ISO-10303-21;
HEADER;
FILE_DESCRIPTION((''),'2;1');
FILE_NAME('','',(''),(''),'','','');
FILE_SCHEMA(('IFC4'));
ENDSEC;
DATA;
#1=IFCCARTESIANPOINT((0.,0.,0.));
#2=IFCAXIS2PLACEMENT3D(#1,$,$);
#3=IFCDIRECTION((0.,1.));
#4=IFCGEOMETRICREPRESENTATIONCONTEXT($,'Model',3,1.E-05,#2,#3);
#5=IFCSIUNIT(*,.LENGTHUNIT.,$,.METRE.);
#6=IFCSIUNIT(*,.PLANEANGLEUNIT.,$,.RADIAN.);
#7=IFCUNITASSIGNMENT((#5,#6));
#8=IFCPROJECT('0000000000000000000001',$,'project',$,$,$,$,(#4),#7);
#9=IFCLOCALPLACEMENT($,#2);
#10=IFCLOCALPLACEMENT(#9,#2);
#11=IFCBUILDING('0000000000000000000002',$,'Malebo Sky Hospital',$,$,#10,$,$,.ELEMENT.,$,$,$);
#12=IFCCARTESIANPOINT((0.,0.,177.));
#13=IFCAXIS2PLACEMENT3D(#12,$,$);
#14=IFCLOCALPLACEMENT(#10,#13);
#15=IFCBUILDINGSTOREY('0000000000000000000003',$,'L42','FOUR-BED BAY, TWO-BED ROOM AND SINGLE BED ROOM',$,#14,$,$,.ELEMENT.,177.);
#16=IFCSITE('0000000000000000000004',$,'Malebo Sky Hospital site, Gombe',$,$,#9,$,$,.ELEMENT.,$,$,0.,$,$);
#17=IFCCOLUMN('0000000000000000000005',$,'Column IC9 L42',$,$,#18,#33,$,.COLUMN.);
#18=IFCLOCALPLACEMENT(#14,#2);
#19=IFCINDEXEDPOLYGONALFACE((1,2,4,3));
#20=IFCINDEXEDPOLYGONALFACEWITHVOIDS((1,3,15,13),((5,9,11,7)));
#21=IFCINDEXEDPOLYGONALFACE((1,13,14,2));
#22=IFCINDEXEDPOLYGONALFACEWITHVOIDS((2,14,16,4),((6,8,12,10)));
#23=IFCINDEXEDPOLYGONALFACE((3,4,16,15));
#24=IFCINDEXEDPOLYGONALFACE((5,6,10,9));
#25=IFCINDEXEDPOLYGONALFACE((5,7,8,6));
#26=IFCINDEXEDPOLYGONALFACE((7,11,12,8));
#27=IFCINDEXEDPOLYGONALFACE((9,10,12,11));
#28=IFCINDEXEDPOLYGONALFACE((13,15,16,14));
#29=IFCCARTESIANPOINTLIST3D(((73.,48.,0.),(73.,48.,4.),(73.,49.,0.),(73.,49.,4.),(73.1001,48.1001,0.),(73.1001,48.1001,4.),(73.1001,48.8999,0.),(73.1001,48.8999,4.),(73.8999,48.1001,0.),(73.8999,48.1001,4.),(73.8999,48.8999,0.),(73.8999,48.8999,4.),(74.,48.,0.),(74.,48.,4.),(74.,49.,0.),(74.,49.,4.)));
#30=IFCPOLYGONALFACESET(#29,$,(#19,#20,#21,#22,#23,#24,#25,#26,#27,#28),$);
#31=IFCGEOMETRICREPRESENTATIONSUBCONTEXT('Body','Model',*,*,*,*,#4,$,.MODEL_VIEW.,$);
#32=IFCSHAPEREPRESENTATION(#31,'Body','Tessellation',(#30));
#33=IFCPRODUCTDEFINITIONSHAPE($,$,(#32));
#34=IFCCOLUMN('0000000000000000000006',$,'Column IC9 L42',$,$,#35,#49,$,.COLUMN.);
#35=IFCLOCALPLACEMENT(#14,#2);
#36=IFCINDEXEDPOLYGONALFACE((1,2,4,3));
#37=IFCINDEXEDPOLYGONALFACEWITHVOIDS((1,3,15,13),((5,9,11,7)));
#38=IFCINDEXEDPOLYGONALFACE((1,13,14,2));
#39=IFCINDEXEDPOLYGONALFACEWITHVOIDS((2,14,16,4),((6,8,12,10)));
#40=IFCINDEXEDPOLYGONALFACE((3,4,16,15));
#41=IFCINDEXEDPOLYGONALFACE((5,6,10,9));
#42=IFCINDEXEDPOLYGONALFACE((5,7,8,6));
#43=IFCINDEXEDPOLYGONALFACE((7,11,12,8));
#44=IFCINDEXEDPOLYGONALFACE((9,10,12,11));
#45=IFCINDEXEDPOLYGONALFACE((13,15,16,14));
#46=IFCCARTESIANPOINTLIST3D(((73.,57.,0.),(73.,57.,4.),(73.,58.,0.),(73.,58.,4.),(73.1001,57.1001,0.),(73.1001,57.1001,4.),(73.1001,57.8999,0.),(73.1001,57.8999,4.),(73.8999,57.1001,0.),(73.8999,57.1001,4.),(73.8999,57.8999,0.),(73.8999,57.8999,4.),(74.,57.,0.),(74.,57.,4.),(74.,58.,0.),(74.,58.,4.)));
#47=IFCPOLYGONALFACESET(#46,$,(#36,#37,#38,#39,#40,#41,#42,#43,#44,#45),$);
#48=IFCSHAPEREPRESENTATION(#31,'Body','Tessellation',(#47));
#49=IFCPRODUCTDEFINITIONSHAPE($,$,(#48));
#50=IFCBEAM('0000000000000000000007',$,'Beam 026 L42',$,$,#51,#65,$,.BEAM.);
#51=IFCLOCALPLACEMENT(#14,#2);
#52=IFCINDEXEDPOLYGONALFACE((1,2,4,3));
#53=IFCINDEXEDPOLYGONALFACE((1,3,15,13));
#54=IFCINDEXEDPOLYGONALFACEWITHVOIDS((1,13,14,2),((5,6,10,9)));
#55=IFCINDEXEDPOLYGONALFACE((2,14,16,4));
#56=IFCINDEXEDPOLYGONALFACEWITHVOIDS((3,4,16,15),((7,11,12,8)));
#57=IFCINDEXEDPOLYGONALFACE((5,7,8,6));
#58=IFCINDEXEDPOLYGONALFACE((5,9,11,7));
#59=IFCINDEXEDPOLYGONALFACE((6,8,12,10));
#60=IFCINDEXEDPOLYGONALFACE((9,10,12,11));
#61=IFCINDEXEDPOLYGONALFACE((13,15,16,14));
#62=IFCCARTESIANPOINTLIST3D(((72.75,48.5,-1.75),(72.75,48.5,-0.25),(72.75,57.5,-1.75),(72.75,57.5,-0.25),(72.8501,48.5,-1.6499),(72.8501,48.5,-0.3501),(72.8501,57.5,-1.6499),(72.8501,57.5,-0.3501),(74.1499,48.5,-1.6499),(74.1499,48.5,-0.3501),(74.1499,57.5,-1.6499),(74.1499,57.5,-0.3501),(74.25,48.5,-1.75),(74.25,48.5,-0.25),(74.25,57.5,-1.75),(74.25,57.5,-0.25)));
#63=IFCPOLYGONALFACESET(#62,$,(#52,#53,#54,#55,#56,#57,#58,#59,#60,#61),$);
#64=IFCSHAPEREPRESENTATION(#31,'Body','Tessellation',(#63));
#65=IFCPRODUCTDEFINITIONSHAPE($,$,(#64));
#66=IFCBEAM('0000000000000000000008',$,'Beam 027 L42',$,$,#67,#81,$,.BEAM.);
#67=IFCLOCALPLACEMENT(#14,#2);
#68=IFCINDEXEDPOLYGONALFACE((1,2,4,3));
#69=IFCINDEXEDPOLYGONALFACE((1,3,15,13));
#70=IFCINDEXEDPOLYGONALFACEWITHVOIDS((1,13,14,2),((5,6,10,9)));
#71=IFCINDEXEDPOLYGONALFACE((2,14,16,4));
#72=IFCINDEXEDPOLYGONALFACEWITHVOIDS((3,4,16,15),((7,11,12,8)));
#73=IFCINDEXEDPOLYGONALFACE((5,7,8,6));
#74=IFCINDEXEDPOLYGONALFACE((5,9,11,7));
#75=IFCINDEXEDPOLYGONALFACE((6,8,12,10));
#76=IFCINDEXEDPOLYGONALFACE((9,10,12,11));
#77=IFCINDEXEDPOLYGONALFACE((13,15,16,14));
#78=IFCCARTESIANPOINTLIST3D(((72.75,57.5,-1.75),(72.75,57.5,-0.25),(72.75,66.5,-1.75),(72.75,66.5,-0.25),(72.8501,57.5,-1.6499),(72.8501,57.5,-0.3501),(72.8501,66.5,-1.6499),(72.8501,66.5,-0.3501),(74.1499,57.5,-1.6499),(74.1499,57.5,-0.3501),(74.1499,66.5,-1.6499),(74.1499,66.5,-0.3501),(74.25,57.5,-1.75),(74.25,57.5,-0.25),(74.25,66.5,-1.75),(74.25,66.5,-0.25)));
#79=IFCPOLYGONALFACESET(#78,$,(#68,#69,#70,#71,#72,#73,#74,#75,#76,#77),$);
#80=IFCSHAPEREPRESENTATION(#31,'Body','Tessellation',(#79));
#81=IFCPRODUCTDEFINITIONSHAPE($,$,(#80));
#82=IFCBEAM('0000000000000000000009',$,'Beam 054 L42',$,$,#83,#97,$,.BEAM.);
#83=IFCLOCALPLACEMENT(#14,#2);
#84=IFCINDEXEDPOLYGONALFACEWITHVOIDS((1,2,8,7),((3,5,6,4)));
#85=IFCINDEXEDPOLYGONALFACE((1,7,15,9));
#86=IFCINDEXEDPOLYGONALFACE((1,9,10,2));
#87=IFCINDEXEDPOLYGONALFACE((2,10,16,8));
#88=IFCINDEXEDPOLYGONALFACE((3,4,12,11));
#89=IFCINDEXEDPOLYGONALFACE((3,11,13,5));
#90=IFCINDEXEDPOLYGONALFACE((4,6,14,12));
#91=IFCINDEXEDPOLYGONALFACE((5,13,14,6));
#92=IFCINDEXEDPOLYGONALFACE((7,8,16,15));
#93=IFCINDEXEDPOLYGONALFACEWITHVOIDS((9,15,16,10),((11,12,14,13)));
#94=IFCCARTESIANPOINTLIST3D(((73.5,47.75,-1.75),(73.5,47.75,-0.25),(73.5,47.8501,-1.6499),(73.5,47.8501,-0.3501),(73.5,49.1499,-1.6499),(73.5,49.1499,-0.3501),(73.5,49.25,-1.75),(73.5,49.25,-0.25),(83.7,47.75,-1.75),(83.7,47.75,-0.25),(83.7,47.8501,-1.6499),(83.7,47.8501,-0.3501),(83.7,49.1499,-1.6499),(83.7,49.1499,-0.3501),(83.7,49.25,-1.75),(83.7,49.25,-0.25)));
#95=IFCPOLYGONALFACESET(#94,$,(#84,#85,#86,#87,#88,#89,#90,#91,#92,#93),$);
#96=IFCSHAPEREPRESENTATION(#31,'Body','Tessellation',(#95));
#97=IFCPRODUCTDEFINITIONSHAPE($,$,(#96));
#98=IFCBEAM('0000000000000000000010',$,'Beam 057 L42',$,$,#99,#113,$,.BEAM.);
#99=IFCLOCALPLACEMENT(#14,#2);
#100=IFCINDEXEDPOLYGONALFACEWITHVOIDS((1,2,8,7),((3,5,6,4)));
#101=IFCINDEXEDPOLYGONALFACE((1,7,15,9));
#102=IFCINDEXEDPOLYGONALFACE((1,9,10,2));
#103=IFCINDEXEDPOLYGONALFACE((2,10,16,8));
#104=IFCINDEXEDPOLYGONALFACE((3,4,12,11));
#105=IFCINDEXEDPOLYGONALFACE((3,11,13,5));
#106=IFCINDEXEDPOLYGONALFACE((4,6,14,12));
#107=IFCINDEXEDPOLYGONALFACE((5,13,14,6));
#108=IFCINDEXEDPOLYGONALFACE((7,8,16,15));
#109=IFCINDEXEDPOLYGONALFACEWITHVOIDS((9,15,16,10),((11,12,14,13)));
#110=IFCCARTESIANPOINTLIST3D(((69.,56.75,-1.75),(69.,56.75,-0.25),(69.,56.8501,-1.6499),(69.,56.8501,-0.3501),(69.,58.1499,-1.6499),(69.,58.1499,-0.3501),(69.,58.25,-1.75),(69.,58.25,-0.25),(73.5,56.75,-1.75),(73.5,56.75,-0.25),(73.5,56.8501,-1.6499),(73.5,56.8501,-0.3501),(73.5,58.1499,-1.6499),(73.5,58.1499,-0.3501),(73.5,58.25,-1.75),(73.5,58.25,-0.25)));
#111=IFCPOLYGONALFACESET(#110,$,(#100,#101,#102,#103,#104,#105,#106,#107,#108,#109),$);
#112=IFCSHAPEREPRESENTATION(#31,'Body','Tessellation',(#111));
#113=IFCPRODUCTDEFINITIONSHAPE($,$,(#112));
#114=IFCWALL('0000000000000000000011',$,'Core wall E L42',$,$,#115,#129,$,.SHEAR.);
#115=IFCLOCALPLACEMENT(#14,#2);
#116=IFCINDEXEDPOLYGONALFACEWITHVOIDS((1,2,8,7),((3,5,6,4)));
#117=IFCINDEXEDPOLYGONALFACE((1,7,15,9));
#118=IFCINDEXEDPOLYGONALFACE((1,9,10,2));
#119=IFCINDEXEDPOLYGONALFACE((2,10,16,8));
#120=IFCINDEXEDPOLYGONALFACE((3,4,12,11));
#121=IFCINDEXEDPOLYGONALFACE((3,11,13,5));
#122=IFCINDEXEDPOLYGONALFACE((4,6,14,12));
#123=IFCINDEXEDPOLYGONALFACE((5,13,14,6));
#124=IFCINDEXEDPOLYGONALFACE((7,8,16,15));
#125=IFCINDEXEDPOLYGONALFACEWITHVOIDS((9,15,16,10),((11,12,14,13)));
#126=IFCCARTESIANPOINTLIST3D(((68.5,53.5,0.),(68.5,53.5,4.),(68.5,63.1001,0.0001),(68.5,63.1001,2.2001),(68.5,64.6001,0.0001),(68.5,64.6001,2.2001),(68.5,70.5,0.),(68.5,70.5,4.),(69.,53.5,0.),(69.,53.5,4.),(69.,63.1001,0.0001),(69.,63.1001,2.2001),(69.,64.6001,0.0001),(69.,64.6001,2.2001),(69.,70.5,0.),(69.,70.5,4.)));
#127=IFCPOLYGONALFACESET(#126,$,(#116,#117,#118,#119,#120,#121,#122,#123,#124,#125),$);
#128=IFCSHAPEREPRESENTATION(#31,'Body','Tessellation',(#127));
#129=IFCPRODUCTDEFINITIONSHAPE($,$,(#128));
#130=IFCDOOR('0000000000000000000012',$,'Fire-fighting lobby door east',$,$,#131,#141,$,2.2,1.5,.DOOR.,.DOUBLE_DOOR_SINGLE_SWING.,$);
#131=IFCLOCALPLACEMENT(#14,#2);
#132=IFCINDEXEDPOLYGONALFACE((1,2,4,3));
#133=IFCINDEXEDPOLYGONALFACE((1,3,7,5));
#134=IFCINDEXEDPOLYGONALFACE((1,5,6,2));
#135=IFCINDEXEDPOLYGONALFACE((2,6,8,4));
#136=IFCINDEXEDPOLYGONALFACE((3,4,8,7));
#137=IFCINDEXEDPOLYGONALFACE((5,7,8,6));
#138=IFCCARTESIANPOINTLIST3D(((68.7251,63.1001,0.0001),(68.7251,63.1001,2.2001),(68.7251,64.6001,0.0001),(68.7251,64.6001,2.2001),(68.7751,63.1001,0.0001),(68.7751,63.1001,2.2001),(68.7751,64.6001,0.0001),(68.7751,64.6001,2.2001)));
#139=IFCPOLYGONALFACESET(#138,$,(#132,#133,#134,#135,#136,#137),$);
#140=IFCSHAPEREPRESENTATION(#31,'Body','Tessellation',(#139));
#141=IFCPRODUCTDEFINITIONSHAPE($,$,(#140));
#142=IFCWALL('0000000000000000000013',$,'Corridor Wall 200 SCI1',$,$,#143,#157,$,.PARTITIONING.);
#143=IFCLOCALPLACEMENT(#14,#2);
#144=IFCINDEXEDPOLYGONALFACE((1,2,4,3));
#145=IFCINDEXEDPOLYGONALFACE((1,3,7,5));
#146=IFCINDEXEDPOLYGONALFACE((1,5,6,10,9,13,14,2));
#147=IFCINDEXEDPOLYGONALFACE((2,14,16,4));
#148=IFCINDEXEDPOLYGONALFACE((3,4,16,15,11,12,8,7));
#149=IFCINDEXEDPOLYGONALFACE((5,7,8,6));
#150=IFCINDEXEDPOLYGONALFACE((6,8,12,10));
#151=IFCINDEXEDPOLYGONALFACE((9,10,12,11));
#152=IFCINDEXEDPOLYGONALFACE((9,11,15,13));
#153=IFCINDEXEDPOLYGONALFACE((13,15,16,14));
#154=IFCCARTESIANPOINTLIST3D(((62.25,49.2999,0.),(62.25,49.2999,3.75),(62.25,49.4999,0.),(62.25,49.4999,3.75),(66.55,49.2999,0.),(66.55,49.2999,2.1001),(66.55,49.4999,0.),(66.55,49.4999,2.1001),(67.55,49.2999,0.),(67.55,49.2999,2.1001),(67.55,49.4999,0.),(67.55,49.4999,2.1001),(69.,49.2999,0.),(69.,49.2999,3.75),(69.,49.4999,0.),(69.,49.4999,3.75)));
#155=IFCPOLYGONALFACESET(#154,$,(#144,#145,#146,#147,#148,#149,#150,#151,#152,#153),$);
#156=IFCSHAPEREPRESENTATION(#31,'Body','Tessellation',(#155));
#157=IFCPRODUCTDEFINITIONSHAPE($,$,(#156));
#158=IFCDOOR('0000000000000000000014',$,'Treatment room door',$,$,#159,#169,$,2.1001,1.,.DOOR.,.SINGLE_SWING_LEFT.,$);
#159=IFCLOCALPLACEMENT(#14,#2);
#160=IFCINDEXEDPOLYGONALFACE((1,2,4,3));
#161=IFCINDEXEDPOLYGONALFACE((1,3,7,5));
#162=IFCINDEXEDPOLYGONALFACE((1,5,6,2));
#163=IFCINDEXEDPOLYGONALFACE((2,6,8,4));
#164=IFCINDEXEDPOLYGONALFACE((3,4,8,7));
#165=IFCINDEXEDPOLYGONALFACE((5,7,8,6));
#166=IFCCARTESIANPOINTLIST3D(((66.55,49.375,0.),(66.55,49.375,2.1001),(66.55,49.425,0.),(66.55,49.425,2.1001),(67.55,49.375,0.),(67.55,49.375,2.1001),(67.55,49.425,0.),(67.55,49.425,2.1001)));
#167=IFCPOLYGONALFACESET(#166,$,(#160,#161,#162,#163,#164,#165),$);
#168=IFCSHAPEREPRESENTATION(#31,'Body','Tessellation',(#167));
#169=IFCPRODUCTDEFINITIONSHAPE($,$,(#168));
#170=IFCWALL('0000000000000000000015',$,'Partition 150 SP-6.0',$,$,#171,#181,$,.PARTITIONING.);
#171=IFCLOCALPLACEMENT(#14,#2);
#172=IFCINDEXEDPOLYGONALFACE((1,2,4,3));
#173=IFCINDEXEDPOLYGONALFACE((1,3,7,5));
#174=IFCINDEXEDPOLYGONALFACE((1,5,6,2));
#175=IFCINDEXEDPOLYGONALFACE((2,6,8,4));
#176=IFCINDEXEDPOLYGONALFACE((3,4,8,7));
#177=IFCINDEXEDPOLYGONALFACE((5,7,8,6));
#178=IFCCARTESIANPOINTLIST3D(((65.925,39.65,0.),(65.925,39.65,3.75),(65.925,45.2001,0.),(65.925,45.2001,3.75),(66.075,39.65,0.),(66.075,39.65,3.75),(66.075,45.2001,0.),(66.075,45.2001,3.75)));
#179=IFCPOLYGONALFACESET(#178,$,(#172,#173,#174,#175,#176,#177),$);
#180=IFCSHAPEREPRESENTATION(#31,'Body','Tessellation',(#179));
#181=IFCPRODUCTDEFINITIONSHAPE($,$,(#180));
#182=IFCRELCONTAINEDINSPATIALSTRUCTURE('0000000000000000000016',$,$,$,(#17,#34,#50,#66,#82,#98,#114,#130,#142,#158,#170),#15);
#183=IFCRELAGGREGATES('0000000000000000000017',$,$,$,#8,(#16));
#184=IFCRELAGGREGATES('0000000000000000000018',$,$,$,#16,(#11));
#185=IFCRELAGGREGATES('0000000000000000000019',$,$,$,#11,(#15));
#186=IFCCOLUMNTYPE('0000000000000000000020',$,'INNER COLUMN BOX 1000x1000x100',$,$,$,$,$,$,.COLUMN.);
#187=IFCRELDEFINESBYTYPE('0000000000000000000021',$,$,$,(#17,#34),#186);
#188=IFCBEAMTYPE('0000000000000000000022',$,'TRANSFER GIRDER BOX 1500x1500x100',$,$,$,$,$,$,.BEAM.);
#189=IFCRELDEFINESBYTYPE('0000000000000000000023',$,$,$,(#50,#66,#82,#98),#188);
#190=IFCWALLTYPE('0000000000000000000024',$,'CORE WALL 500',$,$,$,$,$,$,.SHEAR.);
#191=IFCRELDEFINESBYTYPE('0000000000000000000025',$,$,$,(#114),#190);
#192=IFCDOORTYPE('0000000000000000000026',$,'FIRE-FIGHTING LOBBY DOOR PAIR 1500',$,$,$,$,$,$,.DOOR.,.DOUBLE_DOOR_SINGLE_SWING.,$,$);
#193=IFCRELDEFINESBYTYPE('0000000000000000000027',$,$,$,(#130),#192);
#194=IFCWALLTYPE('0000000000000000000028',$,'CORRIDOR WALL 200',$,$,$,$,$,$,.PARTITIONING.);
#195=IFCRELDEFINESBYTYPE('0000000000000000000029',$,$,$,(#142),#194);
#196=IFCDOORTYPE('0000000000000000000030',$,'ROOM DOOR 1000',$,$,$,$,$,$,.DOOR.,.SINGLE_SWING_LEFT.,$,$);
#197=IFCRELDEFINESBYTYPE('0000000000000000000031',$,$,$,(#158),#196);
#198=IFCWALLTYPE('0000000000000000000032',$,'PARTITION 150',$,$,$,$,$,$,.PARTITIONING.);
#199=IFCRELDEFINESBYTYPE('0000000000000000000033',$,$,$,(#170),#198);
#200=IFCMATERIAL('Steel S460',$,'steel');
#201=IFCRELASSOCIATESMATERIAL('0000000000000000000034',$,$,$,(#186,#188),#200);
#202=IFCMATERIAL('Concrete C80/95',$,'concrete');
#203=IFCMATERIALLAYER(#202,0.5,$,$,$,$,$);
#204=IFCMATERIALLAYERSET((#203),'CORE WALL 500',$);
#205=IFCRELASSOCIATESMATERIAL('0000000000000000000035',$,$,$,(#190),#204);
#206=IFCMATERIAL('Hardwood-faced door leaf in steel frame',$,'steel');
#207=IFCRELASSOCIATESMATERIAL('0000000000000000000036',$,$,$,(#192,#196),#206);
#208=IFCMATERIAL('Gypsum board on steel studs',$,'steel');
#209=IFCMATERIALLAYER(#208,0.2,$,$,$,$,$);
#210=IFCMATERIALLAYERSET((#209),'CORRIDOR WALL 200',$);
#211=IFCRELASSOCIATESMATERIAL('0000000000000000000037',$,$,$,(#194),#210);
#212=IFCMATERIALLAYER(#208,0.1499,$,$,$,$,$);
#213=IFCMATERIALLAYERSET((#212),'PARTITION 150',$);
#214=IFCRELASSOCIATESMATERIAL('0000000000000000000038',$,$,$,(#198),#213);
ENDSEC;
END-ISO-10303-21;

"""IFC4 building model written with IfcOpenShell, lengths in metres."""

from ifc_helpers import new_model, si_unit, direction, frame, frame_2d, origin, origin_2d, place, context, subcontext, project, spatial, rectangle, hollow_rectangle, extrude, material, layer, layer_set, material_profile, profile_set, type_object, element, fill, save


model = new_model("IFC4")

# Units and contexts
model_context = context("Model", 3, precision=1e-05, world=origin(), true_north=direction((0.0, 1.0)))
body_context = subcontext(model_context, "Body", "Model", "MODEL_VIEW")
ifc_project = project(units=[si_unit("LENGTHUNIT", "METRE"), si_unit("PLANEANGLEUNIT", "RADIAN")], contexts=[model_context])

# Site, building, storey
site_placement = place(None, origin())
site = spatial("IfcSite", under=ifc_project, at=site_placement, Name="Malebo Sky Hospital site, Gombe", CompositionType="ELEMENT", RefElevation=0.0)
building_placement = place(site_placement, origin())
building = spatial("IfcBuilding", under=site, at=building_placement, Name="Malebo Sky Hospital", CompositionType="ELEMENT")
storey_placement = place(building_placement, frame((0.0, 0.0, 177.0)))
storey = spatial("IfcBuildingStorey", under=building, at=storey_placement, Name="L42", Description="FOUR-BED BAY, TWO-BED ROOM AND SINGLE BED ROOM", CompositionType="ELEMENT", Elevation=177.0)

# Columns
ifc_material_1 = material(Name="Steel S460", Category="steel")
ifc_material_profile_1 = material_profile(ifc_material_1, hollow_rectangle(XDim=1.0, YDim=1.0, WallThickness=0.1001, at=origin_2d()), Name="BOX 1000x1000x100")
ifc_profile_set_1 = profile_set([ifc_material_profile_1], Name="Steel S460")
column_type = type_object("IfcColumnType", Name="INNER COLUMN BOX 1000x1000x100", PredefinedType="COLUMN", material=ifc_profile_set_1)
for number, where, z_axis, x_axis, name in (
    (1, (73.5, 48.5, 0.0), (0.0, 0.0, 1.0), (1.0, 0.0, 0.0), "Column IC9 L42"),
    (2, (73.5, 57.5, 0.0), (0.0, 0.0, 1.0), (1.0, 0.0, 0.0), "Column IC9 L42"),
):
    element("IfcColumn", number, at=place(storey_placement, frame(where, z_axis=z_axis, x_axis=x_axis)), inside=storey, type_object=column_type, Name=name, PredefinedType="COLUMN", context=body_context, shape_type="SweptSolid", body=[
        extrude(hollow_rectangle(XDim=1.0, YDim=1.0, WallThickness=0.1001, at=origin_2d()), origin(), (0.0, 0.0, 1.0), 4.0),
    ])

# Beams
ifc_material_profile_2 = material_profile(ifc_material_1, hollow_rectangle(XDim=1.5, YDim=1.5, WallThickness=0.1001, at=origin_2d()), Name="BOX 1500x1500x100")
ifc_profile_set_2 = profile_set([ifc_material_profile_2], Name="Steel S460")
beam_type = type_object("IfcBeamType", Name="TRANSFER GIRDER BOX 1500x1500x100", PredefinedType="BEAM", material=ifc_profile_set_2)
for number, where, z_axis, x_axis, name in (
    (3, (73.5, 48.5, -1.0), (0.0, 1.0, 0.0), (-1.0, 0.0, 0.0), "Beam 026 L42"),
    (4, (73.5, 57.5, -1.0), (0.0, 1.0, 0.0), (-1.0, 0.0, 0.0), "Beam 027 L42"),
):
    element("IfcBeam", number, at=place(storey_placement, frame(where, z_axis=z_axis, x_axis=x_axis)), inside=storey, type_object=beam_type, Name=name, PredefinedType="BEAM", context=body_context, shape_type="SweptSolid", body=[
        extrude(hollow_rectangle(XDim=1.5, YDim=1.5, WallThickness=0.1001, at=origin_2d()), origin(), (0.0, 0.0, 1.0), 9.0),
    ])
beam_1_placement = place(storey_placement, frame((73.5, 48.5, -1.0), z_axis=(1.0, 0.0, 0.0), x_axis=(0.0, 1.0, 0.0)))
element("IfcBeam", 5, at=beam_1_placement, inside=storey, type_object=beam_type, Name="Beam 054 L42", PredefinedType="BEAM", context=body_context, shape_type="SweptSolid", body=[
    extrude(hollow_rectangle(XDim=1.5, YDim=1.5, WallThickness=0.1001, at=origin_2d()), origin(), (0.0, 0.0, 1.0), 10.2),
])
beam_2_placement = place(storey_placement, frame((69.0, 57.5, -1.0), z_axis=(1.0, 0.0, 0.0), x_axis=(0.0, 1.0, 0.0)))
element("IfcBeam", 6, at=beam_2_placement, inside=storey, type_object=beam_type, Name="Beam 057 L42", PredefinedType="BEAM", context=body_context, shape_type="SweptSolid", body=[
    extrude(hollow_rectangle(XDim=1.5, YDim=1.5, WallThickness=0.1001, at=origin_2d()), origin(), (0.0, 0.0, 1.0), 4.5),
])

# Walls, openings, doors
ifc_material_2 = material(Name="Concrete C80/95", Category="concrete")
ifc_layer_1 = layer(ifc_material_2, 0.5)
ifc_layer_set_1 = layer_set([ifc_layer_1], Name="CORE WALL 500")
wall_type_1 = type_object("IfcWallType", Name="CORE WALL 500", PredefinedType="SHEAR", material=ifc_layer_set_1)
wall_1_placement = place(storey_placement, frame((68.75, 53.5, 0.0), z_axis=(0.0, 0.0, 1.0), x_axis=(0.0, 1.0, 0.0)))
wall_1 = element("IfcWall", 7, at=wall_1_placement, inside=storey, type_object=wall_type_1, Name="Core wall E L42", PredefinedType="SHEAR", context=body_context, shape_type="SweptSolid", body=[
    extrude(rectangle(XDim=17.0, YDim=0.5, at=frame_2d((8.5, 0.0))), origin(), (0.0, 0.0, 1.0), 4.0),
])
opening_1_placement = place(wall_1_placement, frame((9.6001, 0.0, 0.0)))
opening_1 = element("IfcOpeningElement", 8, at=opening_1_placement, cuts=wall_1, PredefinedType="OPENING", context=body_context, shape_type="SweptSolid", body=[
    extrude(rectangle(XDim=1.5, YDim=2.2, at=frame_2d((0.75, 1.1001))), frame((0.0, 0.26, 0.0), z_axis=(0.0, -1.0, 0.0), x_axis=(1.0, 0.0, 0.0)), (0.0, 0.0, 1.0), 0.52),
])
ifc_material_3 = material(Name="Hardwood-faced door leaf in steel frame", Category="steel")
door_type_1 = type_object("IfcDoorType", Name="FIRE-FIGHTING LOBBY DOOR PAIR 1500", OperationType="DOUBLE_DOOR_SINGLE_SWING", PredefinedType="DOOR", material=ifc_material_3)
door_1_placement = place(opening_1_placement, origin())
door_1 = element("IfcDoor", 9, at=door_1_placement, inside=storey, type_object=door_type_1, Name="Fire-fighting lobby door east", OperationType="DOUBLE_DOOR_SINGLE_SWING", OverallHeight=2.2, OverallWidth=1.5, PredefinedType="DOOR", context=body_context, shape_type="SweptSolid", body=[
    extrude(rectangle(XDim=1.5, YDim=2.2, at=frame_2d((0.75, 1.1001))), frame((0.0, 0.0249, 0.0), z_axis=(0.0, -1.0, 0.0), x_axis=(1.0, 0.0, 0.0)), (0.0, 0.0, 1.0), 0.05),
])
fill(opening_1, door_1)
ifc_material_4 = material(Name="Gypsum board on steel studs", Category="steel")
ifc_layer_2 = layer(ifc_material_4, 0.2)
ifc_layer_set_2 = layer_set([ifc_layer_2], Name="CORRIDOR WALL 200")
wall_type_2 = type_object("IfcWallType", Name="CORRIDOR WALL 200", PredefinedType="PARTITIONING", material=ifc_layer_set_2)
wall_2_placement = place(storey_placement, frame((69.0, 49.3999, 0.0), z_axis=(0.0, 0.0, 1.0), x_axis=(-1.0, 0.0, 0.0)))
wall_2 = element("IfcWall", 10, at=wall_2_placement, inside=storey, type_object=wall_type_2, Name="Corridor Wall 200 SCI1", PredefinedType="PARTITIONING", context=body_context, shape_type="SweptSolid", body=[
    extrude(rectangle(XDim=6.75, YDim=0.2, at=frame_2d((3.375, 0.0))), origin(), (0.0, 0.0, 1.0), 3.75),
])
opening_2_placement = place(wall_2_placement, frame((1.45, 0.0, 0.0)))
opening_2 = element("IfcOpeningElement", 11, at=opening_2_placement, cuts=wall_2, PredefinedType="OPENING", context=body_context, shape_type="SweptSolid", body=[
    extrude(rectangle(XDim=1.0, YDim=2.1001, at=frame_2d((0.5, 1.05))), frame((0.0, 0.1099, 0.0), z_axis=(0.0, -1.0, 0.0), x_axis=(1.0, 0.0, 0.0)), (0.0, 0.0, 1.0), 0.22),
])
door_type_2 = type_object("IfcDoorType", Name="ROOM DOOR 1000", OperationType="SINGLE_SWING_LEFT", PredefinedType="DOOR", material=ifc_material_3)
door_2_placement = place(opening_2_placement, origin())
door_2 = element("IfcDoor", 12, at=door_2_placement, inside=storey, type_object=door_type_2, Name="Treatment room door", OperationType="SINGLE_SWING_LEFT", OverallHeight=2.1001, OverallWidth=1.0, PredefinedType="DOOR", context=body_context, shape_type="SweptSolid", body=[
    extrude(rectangle(XDim=1.0, YDim=2.1001, at=frame_2d((0.5, 1.05))), frame((0.0, 0.0249, 0.0), z_axis=(0.0, -1.0, 0.0), x_axis=(1.0, 0.0, 0.0)), (0.0, 0.0, 1.0), 0.05),
])
fill(opening_2, door_2)

# Wall
ifc_layer_3 = layer(ifc_material_4, 0.1499)
ifc_layer_set_3 = layer_set([ifc_layer_3], Name="PARTITION 150")
wall_type_3 = type_object("IfcWallType", Name="PARTITION 150", PredefinedType="PARTITIONING", material=ifc_layer_set_3)
wall_3_placement = place(storey_placement, frame((66.0, 45.2, 0.0), z_axis=(0.0, 0.0, 1.0), x_axis=(0.0, -1.0, 0.0)))
element("IfcWall", 13, at=wall_3_placement, inside=storey, type_object=wall_type_3, Name="Partition 150 SP-6.0", PredefinedType="PARTITIONING", context=body_context, shape_type="SweptSolid", body=[
    extrude(rectangle(XDim=5.55, YDim=0.1499, at=frame_2d((2.7749, 0.0))), origin(), (0.0, 0.0, 1.0), 3.75),
])

save(model, "model.ifc")
